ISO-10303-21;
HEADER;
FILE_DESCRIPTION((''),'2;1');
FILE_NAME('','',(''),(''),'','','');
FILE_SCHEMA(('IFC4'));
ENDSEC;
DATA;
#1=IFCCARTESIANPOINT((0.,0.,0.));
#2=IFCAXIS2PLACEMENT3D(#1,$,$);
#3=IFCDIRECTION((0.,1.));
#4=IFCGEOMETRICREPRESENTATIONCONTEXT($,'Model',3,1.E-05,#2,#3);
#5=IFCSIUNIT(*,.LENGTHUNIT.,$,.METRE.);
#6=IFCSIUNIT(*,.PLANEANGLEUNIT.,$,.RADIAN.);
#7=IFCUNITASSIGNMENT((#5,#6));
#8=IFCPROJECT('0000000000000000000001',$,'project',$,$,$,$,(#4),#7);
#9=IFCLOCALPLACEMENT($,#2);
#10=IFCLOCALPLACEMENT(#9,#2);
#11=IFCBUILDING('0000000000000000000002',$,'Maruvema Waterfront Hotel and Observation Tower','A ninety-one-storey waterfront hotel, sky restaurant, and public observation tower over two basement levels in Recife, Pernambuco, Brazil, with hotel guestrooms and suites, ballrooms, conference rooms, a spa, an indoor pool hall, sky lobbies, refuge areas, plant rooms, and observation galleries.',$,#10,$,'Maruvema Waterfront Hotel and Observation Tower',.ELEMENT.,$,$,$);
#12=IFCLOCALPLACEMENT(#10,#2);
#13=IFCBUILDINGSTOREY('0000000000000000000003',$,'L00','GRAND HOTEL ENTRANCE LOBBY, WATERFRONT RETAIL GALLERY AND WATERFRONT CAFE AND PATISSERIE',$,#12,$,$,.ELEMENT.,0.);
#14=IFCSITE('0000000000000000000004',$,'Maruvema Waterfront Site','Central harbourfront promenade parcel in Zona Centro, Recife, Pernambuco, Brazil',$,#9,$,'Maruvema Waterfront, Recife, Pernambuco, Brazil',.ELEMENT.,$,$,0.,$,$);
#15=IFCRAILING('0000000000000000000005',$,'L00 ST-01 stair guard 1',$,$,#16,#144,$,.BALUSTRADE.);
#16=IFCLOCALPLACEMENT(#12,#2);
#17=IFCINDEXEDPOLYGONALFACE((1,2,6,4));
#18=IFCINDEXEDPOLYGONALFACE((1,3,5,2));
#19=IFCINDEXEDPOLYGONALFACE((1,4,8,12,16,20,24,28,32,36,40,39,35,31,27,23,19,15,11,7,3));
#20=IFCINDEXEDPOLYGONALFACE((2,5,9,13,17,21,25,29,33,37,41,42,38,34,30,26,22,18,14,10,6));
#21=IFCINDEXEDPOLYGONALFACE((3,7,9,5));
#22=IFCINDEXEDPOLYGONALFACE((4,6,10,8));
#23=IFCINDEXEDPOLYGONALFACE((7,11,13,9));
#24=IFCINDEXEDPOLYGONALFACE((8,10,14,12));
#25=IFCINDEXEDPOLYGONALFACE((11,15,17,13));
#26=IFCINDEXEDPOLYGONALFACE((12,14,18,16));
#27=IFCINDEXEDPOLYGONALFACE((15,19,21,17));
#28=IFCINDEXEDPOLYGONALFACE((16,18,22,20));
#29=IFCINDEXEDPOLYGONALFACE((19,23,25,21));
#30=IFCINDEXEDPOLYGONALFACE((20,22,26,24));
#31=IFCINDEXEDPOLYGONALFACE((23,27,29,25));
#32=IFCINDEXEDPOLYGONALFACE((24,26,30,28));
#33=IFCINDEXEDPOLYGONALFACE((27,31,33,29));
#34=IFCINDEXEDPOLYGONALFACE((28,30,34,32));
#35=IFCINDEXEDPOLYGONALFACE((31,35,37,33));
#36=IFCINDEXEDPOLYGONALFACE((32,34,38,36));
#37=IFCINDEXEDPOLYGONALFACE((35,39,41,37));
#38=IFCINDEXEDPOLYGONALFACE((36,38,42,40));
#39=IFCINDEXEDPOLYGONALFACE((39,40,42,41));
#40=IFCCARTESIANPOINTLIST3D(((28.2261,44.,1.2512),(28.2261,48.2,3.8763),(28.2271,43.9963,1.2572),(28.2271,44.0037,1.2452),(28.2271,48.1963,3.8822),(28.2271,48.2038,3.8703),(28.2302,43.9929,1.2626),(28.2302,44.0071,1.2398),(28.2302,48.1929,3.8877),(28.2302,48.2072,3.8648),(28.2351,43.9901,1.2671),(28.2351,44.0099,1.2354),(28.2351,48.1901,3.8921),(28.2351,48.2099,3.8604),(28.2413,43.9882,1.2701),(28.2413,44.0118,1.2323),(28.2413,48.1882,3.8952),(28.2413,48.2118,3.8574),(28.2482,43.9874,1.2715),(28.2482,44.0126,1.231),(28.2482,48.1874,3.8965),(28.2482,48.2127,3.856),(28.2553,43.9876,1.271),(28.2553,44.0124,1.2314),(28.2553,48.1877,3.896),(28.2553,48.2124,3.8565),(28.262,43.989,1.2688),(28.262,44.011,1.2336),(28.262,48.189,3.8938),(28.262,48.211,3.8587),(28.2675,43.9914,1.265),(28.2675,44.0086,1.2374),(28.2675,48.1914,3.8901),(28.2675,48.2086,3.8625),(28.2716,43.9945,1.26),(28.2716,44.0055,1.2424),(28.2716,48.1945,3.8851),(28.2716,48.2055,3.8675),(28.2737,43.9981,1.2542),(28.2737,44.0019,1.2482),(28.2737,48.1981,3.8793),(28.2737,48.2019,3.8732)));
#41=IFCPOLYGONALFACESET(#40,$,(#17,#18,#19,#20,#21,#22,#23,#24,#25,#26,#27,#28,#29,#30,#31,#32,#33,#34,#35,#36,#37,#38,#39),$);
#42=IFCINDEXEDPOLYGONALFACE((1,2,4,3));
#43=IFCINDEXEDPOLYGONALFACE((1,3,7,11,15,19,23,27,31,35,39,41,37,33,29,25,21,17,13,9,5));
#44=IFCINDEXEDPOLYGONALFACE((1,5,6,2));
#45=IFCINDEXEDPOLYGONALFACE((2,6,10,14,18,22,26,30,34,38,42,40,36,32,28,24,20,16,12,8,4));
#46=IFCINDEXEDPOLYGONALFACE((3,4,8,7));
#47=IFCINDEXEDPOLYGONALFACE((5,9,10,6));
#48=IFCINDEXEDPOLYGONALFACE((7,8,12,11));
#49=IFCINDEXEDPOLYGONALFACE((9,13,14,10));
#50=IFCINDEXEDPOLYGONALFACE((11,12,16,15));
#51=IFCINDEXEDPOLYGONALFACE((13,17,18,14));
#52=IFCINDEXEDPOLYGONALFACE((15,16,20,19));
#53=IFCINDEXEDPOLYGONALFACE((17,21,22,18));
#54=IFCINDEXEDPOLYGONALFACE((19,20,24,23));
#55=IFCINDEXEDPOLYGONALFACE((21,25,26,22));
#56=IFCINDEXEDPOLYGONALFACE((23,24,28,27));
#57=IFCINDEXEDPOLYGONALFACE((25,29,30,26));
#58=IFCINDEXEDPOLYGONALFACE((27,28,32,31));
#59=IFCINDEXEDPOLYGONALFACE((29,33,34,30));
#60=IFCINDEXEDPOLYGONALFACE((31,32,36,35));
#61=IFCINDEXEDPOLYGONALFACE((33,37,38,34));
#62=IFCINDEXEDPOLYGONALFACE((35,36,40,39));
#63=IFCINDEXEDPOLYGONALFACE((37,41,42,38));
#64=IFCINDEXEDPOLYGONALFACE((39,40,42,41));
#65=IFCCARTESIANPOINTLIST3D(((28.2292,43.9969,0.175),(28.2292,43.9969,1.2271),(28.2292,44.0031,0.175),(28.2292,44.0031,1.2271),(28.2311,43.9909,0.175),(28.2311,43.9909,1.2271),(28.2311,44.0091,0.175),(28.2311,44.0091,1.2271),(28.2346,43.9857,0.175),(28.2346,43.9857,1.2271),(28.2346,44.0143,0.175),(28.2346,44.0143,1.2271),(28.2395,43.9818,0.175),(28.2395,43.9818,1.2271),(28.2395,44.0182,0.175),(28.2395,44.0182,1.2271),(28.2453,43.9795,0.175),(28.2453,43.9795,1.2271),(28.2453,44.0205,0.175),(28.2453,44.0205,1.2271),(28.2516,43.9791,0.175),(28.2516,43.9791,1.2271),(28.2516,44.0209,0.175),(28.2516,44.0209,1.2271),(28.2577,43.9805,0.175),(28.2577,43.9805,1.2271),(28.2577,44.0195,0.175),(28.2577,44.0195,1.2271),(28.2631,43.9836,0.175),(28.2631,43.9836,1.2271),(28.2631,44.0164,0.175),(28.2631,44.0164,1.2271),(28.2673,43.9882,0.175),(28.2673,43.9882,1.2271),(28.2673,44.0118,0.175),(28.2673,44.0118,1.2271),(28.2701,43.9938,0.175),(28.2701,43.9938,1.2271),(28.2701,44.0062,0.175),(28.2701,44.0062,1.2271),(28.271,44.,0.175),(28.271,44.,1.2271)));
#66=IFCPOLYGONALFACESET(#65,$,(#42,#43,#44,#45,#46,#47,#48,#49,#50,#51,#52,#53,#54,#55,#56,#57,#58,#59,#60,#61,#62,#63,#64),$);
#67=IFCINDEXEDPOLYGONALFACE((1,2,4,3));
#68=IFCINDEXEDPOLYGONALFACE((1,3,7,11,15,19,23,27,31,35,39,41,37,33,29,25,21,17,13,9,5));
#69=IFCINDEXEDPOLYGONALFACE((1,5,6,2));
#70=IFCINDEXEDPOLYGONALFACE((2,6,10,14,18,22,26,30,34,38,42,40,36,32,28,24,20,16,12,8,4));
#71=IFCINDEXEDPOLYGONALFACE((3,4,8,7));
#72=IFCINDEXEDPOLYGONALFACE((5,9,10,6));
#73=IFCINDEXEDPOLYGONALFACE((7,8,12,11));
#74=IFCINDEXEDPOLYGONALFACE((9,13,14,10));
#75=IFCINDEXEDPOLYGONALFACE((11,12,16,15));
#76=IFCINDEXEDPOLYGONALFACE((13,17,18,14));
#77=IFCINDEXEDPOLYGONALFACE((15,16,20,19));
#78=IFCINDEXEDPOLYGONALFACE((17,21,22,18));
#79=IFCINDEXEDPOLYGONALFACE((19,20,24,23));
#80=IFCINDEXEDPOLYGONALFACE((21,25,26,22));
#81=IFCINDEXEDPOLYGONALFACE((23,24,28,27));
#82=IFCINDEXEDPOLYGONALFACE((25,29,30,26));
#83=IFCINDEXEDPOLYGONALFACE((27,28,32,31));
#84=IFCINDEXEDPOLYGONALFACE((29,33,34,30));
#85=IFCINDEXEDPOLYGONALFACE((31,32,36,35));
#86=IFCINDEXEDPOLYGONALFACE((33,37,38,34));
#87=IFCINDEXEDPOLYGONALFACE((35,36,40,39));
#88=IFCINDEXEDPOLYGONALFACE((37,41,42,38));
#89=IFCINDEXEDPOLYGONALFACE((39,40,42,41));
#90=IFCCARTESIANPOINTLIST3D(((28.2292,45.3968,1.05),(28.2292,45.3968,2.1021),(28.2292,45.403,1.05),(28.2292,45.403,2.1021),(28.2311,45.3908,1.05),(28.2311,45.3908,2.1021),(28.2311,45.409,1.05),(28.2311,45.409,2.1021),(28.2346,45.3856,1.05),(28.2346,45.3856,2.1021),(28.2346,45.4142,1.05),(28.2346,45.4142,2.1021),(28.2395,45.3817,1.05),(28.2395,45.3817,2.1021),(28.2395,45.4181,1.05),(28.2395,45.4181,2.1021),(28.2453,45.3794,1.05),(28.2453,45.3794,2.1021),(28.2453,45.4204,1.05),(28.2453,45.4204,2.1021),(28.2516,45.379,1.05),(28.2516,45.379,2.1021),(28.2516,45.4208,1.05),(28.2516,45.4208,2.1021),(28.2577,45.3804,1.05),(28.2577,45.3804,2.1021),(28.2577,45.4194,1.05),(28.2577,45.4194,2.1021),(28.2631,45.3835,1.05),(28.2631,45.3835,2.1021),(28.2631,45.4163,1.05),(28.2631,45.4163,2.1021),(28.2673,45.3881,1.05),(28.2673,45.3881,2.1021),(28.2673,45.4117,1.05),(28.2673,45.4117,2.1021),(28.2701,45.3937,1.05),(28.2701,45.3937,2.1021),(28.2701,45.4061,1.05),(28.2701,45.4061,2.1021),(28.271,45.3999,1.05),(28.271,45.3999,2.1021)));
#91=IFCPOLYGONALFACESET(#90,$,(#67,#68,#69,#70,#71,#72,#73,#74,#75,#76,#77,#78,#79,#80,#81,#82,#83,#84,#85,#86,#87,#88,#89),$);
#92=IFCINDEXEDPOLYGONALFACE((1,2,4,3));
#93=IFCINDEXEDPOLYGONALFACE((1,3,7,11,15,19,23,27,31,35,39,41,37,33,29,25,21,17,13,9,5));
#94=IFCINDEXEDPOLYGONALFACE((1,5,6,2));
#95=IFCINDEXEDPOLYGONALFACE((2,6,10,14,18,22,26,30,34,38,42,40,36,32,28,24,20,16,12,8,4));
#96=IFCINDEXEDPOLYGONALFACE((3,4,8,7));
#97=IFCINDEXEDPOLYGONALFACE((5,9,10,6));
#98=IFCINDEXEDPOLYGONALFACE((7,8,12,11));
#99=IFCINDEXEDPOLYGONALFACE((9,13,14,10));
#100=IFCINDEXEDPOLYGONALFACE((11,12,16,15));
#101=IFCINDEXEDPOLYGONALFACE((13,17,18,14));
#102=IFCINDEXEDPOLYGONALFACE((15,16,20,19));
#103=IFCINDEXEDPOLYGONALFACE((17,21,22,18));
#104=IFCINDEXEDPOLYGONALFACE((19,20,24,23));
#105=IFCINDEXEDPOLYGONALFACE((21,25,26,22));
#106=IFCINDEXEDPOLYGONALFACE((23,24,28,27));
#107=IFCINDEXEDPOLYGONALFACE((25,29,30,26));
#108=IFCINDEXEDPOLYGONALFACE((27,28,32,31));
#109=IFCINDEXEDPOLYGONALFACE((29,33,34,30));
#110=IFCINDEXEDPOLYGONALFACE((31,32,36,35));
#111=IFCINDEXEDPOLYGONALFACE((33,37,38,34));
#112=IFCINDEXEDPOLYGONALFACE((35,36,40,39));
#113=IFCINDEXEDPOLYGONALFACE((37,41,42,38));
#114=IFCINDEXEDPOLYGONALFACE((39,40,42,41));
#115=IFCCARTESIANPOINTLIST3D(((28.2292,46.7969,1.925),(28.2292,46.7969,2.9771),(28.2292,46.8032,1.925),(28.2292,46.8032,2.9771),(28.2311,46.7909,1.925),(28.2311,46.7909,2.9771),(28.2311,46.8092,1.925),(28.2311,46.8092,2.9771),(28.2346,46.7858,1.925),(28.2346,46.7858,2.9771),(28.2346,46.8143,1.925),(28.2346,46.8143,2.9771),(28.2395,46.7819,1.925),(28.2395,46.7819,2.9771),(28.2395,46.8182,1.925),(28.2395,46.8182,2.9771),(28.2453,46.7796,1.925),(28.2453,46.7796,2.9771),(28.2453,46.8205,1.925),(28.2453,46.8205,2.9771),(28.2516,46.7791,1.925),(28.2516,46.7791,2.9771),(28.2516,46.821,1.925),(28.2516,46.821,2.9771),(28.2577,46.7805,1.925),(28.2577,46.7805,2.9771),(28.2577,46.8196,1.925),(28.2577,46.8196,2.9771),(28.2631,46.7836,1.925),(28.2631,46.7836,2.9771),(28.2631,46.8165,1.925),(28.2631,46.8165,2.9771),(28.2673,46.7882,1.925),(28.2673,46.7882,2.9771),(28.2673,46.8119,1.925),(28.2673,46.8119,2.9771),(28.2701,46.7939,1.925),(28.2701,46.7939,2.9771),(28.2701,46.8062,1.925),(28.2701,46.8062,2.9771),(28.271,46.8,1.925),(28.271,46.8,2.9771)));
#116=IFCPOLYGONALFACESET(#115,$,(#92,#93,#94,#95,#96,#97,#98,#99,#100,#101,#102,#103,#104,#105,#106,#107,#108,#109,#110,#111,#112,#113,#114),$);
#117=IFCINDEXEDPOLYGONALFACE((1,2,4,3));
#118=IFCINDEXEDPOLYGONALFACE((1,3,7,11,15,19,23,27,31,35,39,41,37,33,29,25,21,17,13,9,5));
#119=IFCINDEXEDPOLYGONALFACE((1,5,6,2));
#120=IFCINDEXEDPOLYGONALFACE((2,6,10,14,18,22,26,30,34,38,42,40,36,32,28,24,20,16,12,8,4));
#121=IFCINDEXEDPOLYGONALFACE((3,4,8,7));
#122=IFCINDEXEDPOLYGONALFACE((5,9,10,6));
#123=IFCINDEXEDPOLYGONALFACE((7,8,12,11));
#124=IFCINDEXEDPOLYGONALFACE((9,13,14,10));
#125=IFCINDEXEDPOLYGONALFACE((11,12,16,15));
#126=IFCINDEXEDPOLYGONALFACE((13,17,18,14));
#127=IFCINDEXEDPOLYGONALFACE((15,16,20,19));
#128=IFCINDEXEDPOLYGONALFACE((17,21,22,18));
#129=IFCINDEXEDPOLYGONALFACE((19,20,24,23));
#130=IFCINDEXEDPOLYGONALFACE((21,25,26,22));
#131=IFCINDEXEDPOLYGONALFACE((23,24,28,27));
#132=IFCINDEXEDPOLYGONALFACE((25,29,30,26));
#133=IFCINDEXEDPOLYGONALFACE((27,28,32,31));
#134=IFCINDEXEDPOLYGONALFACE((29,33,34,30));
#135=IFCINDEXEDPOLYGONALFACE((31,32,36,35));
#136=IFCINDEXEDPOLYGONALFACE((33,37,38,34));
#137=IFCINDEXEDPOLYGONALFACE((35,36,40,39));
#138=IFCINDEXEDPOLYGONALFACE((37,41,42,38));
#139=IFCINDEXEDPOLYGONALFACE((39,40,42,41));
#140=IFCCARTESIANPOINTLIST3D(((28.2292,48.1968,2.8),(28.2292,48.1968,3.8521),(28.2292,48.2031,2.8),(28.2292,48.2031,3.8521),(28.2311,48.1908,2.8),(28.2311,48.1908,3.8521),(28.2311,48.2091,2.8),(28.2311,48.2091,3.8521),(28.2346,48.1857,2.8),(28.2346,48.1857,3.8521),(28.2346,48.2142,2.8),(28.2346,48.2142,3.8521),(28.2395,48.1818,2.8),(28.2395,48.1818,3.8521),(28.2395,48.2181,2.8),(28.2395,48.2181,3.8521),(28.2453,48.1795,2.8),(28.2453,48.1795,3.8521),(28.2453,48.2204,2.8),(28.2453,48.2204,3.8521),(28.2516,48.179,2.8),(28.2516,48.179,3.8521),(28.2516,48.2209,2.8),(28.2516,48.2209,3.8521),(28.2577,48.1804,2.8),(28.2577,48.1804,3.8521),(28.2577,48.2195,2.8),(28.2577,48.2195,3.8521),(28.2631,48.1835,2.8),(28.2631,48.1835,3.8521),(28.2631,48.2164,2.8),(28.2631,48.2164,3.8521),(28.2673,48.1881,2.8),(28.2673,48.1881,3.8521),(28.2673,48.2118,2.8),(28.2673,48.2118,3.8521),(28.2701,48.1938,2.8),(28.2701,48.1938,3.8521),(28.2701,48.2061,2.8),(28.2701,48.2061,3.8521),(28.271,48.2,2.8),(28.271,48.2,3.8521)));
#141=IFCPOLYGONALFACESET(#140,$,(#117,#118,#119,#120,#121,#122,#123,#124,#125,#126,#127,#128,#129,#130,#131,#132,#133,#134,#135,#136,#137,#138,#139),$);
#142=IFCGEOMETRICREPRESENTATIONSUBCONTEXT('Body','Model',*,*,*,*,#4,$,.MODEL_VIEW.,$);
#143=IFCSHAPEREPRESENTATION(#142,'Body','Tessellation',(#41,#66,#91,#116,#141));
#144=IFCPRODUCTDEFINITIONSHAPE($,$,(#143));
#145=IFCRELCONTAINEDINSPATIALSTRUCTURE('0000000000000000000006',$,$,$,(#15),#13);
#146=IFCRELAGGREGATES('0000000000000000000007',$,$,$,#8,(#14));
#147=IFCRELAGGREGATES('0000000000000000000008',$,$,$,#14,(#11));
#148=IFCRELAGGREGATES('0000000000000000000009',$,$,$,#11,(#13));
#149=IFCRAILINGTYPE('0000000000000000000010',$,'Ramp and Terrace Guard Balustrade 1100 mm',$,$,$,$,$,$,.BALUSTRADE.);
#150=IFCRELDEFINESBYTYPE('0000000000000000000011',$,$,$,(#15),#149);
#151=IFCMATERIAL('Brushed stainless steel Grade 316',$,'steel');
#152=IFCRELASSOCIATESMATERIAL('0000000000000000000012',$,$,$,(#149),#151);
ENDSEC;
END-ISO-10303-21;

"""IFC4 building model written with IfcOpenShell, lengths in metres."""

from ifc_helpers import new_model, si_unit, direction, frame, origin, origin_2d, place, context, subcontext, project, spatial, circle, extrude, material, type_object, element, save


model = new_model("IFC4")

# Units and contexts
model_context = context("Model", 3, precision=1e-05, world=origin(), true_north=direction((0.0, 1.0)))
body_context = subcontext(model_context, "Body", "Model", "MODEL_VIEW")
ifc_project = project(units=[si_unit("LENGTHUNIT", "METRE"), si_unit("PLANEANGLEUNIT", "RADIAN")], contexts=[model_context])

# Site, building, storey
site_placement = place(None, origin())
site = spatial("IfcSite", under=ifc_project, at=site_placement, Name="Maruvema Waterfront Site", Description="Central harbourfront promenade parcel in Zona Centro, Recife, Pernambuco, Brazil", LongName="Maruvema Waterfront, Recife, Pernambuco, Brazil", CompositionType="ELEMENT", RefElevation=0.0)
building_placement = place(site_placement, origin())
building = spatial("IfcBuilding", under=site, at=building_placement, Name="Maruvema Waterfront Hotel and Observation Tower", Description="A ninety-one-storey waterfront hotel, sky restaurant, and public observation tower over two basement levels in Recife, Pernambuco, Brazil, with hotel guestrooms and suites, ballrooms, conference rooms, a spa, an indoor pool hall, sky lobbies, refuge areas, plant rooms, and observation galleries.", LongName="Maruvema Waterfront Hotel and Observation Tower", CompositionType="ELEMENT")
storey_placement = place(building_placement, origin())
storey = spatial("IfcBuildingStorey", under=building, at=storey_placement, Name="L00", Description="GRAND HOTEL ENTRANCE LOBBY, WATERFRONT RETAIL GALLERY AND WATERFRONT CAFE AND PATISSERIE", CompositionType="ELEMENT", Elevation=0.0)

# Railing
ifc_material_1 = material(Name="Brushed stainless steel Grade 316", Category="steel")
railing_type_1 = type_object("IfcRailingType", Name="Ramp and Terrace Guard Balustrade 1100 mm", PredefinedType="BALUSTRADE", material=ifc_material_1)
railing_1_placement = place(storey_placement, frame((28.25, 44.0, 0.175)))
element("IfcRailing", 1, at=railing_1_placement, inside=storey, type_object=railing_type_1, Name="L00 ST-01 stair guard 1", PredefinedType="BALUSTRADE", context=body_context, shape_type="SweptSolid", body=[
    extrude(circle(Radius=0.0239, at=origin_2d()), frame((0.0, 0.0, 1.0762), z_axis=(0.0, 0.847996, 0.530003), x_axis=(-1.0, 0.0, 0.0)), (0.0, 0.0, 1.0), 4.9529),
    extrude(circle(Radius=0.021, at=origin_2d()), origin(), (0.0, 0.0, 1.0), 1.052),
    extrude(circle(Radius=0.021, at=origin_2d()), frame((0.0, 1.3999, 0.875)), (0.0, 0.0, 1.0), 1.052),
    extrude(circle(Radius=0.021, at=origin_2d()), frame((0.0, 2.8, 1.75)), (0.0, 0.0, 1.0), 1.052),
    extrude(circle(Radius=0.021, at=origin_2d()), frame((0.0, 4.2, 2.625)), (0.0, 0.0, 1.0), 1.052),
])

save(model, "model.ifc")
